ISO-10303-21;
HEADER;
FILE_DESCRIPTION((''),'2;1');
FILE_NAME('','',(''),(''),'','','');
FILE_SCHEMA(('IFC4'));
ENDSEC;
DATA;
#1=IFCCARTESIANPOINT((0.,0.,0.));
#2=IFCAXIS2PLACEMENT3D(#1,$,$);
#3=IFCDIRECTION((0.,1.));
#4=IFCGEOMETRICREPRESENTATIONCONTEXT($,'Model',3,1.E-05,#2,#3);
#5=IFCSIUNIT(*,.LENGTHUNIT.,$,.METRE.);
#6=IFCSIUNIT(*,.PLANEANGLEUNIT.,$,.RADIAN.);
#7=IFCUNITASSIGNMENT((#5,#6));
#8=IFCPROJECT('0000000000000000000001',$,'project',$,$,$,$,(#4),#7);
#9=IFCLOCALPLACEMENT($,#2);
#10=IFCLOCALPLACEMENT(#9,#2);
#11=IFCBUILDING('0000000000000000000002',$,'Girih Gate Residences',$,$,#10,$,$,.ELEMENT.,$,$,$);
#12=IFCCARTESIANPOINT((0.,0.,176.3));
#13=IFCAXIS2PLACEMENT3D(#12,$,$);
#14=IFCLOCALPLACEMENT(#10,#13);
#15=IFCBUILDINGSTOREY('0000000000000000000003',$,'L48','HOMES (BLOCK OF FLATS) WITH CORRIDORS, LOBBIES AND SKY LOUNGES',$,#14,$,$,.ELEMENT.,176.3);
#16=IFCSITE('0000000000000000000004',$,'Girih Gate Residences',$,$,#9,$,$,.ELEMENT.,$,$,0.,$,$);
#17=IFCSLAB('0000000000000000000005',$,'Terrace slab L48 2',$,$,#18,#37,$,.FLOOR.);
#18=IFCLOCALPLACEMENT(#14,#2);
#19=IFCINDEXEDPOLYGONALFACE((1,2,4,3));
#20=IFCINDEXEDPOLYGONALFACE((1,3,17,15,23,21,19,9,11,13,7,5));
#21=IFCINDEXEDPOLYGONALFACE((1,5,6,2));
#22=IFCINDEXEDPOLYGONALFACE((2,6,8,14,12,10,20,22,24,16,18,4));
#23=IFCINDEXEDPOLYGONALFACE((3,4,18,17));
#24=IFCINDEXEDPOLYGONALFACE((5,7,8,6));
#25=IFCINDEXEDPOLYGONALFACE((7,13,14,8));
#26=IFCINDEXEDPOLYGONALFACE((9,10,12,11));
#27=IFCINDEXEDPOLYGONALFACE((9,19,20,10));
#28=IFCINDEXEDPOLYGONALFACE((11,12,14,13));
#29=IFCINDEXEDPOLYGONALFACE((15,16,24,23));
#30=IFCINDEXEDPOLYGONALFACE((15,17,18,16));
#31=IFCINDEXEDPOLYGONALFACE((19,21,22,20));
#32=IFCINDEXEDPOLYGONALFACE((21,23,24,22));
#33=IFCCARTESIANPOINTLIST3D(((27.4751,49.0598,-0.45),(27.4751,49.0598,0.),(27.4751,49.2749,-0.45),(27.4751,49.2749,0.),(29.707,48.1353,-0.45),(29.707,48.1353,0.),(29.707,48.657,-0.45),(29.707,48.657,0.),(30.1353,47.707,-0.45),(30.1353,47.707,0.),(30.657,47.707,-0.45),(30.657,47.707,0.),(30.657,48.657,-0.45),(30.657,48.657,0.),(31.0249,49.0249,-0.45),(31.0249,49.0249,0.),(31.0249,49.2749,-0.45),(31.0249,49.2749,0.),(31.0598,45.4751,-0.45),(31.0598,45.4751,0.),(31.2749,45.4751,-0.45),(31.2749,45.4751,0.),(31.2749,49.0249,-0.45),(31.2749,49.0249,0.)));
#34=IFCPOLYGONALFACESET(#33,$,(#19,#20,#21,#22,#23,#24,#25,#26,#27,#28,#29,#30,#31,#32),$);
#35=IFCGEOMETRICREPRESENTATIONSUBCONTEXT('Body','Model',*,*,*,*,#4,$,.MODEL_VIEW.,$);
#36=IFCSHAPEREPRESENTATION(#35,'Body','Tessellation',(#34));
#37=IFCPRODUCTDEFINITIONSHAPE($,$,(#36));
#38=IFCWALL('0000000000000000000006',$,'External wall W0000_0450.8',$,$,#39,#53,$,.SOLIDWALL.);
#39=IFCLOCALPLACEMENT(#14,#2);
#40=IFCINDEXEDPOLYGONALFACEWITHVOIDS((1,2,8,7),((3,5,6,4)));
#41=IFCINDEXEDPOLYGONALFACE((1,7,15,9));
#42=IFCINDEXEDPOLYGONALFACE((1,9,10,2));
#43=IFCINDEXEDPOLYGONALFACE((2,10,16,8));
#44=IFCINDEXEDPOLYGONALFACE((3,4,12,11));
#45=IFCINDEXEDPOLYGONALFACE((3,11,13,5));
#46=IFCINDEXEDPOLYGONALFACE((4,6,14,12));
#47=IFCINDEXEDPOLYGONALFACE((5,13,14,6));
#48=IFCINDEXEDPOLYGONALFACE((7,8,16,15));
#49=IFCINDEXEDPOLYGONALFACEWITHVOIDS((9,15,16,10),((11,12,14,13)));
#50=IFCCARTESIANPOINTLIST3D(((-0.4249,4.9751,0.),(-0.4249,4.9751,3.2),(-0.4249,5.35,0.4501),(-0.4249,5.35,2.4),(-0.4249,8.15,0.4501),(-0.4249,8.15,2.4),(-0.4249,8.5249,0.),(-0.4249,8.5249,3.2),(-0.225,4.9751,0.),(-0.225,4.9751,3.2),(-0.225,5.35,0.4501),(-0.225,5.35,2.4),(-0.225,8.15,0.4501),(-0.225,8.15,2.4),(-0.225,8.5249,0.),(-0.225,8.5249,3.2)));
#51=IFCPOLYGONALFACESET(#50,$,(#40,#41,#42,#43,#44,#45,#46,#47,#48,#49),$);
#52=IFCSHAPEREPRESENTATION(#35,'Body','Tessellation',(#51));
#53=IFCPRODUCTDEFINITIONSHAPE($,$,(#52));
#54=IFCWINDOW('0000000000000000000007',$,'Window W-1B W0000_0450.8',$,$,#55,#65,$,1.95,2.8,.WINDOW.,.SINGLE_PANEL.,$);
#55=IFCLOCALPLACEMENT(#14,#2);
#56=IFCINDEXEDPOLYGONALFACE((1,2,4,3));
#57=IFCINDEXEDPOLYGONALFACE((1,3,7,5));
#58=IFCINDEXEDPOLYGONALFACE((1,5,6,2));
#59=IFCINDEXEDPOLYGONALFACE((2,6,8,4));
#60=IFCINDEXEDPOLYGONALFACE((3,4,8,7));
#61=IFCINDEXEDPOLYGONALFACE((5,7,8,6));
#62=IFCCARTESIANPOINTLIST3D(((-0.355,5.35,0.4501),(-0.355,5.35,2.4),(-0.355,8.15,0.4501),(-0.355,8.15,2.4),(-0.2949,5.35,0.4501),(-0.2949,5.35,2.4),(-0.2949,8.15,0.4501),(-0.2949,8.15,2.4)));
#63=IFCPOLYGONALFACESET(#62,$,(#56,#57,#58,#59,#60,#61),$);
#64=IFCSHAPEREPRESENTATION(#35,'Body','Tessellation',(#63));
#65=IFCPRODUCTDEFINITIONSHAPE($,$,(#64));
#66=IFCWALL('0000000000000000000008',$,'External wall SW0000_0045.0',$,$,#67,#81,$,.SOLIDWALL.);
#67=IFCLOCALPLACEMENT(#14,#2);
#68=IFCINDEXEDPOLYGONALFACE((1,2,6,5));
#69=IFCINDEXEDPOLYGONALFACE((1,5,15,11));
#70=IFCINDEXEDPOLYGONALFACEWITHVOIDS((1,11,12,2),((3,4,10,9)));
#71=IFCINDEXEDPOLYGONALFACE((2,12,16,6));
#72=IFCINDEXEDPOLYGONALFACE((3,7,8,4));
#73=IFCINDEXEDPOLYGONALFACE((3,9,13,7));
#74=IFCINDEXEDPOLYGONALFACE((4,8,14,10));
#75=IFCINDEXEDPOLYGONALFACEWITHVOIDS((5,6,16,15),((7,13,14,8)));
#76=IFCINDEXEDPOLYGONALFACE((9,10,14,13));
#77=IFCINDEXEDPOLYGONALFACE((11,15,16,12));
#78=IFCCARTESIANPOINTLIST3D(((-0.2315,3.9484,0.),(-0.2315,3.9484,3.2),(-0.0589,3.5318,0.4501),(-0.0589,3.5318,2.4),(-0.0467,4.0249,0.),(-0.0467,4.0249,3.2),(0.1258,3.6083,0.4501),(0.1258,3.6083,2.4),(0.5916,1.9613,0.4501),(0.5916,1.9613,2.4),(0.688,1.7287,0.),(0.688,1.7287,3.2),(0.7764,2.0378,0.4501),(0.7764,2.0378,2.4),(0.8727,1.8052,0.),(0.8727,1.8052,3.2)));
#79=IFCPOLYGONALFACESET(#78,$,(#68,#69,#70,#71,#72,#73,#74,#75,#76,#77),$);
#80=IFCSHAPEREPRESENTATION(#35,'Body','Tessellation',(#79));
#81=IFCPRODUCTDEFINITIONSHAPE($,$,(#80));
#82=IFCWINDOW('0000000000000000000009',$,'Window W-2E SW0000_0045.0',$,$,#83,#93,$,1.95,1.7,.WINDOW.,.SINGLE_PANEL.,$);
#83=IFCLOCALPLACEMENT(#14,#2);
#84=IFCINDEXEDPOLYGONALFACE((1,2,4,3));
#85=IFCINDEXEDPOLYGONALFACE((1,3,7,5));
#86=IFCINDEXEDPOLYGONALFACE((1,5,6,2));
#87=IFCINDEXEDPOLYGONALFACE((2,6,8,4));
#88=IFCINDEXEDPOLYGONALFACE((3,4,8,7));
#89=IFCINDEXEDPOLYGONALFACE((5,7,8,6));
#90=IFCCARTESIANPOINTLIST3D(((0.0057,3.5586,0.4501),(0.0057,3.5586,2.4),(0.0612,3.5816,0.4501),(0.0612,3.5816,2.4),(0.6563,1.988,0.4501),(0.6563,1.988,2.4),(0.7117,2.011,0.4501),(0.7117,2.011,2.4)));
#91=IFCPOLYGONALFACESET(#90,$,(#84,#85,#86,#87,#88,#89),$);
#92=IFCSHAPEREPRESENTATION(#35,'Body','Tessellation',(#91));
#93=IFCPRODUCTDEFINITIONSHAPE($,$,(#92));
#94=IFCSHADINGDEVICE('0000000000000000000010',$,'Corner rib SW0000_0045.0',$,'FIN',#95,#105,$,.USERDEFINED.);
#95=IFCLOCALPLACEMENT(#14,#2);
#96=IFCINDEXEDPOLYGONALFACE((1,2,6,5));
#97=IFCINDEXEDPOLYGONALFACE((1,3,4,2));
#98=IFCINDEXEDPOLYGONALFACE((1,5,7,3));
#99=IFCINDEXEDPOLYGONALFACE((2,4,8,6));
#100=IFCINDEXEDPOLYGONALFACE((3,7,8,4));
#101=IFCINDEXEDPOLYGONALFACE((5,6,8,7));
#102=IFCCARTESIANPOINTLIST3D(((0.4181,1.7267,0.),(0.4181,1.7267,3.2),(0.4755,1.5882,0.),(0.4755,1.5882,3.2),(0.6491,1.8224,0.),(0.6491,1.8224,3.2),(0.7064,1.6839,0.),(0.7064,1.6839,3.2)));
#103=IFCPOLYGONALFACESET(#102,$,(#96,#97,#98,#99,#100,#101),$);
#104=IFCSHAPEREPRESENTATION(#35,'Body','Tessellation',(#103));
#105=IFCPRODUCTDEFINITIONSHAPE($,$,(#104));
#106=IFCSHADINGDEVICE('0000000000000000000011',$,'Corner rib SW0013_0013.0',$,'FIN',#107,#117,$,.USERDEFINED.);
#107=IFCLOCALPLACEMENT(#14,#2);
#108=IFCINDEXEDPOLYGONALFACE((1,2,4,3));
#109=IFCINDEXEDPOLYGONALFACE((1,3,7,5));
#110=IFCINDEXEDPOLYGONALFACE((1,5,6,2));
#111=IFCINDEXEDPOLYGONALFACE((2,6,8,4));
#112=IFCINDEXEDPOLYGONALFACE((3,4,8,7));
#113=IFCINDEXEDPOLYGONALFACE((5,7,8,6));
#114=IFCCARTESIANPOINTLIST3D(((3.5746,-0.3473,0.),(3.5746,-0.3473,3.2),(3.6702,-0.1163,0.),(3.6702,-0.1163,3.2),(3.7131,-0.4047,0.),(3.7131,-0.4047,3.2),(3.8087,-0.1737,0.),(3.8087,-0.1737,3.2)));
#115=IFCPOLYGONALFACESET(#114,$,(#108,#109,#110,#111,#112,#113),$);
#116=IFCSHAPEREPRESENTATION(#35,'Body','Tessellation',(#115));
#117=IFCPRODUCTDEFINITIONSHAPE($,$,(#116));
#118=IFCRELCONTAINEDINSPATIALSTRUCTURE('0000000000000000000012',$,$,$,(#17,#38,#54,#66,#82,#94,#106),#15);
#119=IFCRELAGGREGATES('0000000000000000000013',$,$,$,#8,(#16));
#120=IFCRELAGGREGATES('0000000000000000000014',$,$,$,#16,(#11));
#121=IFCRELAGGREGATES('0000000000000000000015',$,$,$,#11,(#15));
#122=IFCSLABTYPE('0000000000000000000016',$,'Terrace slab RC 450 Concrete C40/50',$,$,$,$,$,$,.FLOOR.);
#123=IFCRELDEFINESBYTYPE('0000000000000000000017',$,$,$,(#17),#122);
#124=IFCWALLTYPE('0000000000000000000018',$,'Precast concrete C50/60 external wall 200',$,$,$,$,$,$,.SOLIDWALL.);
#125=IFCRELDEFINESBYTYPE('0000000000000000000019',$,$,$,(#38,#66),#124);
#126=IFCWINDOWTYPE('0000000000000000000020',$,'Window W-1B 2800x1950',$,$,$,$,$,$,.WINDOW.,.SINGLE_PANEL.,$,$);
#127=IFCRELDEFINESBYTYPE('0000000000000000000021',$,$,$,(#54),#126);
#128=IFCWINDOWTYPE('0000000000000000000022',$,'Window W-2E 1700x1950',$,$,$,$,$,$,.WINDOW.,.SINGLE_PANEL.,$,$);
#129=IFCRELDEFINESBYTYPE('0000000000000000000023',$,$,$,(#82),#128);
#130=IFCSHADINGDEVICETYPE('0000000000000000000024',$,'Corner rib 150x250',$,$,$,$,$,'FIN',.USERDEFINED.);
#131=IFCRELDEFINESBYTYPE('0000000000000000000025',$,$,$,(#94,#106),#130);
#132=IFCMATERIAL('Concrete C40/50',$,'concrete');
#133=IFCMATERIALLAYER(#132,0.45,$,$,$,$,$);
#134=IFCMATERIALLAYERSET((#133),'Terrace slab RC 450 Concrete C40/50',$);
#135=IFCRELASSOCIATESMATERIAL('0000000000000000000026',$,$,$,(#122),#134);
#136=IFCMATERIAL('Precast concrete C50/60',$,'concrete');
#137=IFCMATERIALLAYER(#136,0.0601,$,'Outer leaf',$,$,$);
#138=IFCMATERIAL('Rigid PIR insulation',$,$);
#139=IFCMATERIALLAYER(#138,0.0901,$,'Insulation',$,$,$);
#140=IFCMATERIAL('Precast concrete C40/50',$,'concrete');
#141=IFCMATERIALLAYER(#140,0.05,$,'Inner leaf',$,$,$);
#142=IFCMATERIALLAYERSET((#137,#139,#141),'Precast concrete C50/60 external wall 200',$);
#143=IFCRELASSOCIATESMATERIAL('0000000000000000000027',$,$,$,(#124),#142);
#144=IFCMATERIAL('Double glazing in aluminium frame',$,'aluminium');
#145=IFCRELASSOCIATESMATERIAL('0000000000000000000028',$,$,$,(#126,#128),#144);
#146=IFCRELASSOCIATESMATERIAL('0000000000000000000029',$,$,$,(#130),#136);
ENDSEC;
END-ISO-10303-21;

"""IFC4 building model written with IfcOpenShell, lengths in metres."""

from ifc_helpers import new_model, si_unit, direction, frame, frame_2d, origin, origin_2d, place, context, subcontext, project, spatial, polyline, rectangle, outline, extrude, material, layer, layer_set, type_object, element, fill, save


model = new_model("IFC4")

# Units and contexts
model_context = context("Model", 3, precision=1e-05, world=origin(), true_north=direction((0.0, 1.0)))
body_context = subcontext(model_context, "Body", "Model", "MODEL_VIEW")
ifc_project = project(units=[si_unit("LENGTHUNIT", "METRE"), si_unit("PLANEANGLEUNIT", "RADIAN")], contexts=[model_context])

# Site, building, storey
site_placement = place(None, origin())
site = spatial("IfcSite", under=ifc_project, at=site_placement, Name="Girih Gate Residences", CompositionType="ELEMENT", RefElevation=0.0)
building_placement = place(site_placement, origin())
building = spatial("IfcBuilding", under=site, at=building_placement, Name="Girih Gate Residences", CompositionType="ELEMENT")
storey_placement = place(building_placement, frame((0.0, 0.0, 176.3)))
storey = spatial("IfcBuildingStorey", under=building, at=storey_placement, Name="L48", Description="HOMES (BLOCK OF FLATS) WITH CORRIDORS, LOBBIES AND SKY LOUNGES", CompositionType="ELEMENT", Elevation=176.3)

# Shared definitions
ifc_material_1 = material(Name="Concrete C40/50", Category="concrete")

# Slab
ifc_layer_1 = layer(ifc_material_1, 0.45)
ifc_layer_set_1 = layer_set([ifc_layer_1], Name="Terrace slab RC 450 Concrete C40/50")
slab_type_1 = type_object("IfcSlabType", Name="Terrace slab RC 450 Concrete C40/50", PredefinedType="FLOOR", material=ifc_layer_set_1)
slab_1_placement = place(storey_placement, frame((0.0, 0.0, -0.45)))
element("IfcSlab", 1, at=slab_1_placement, inside=storey, type_object=slab_type_1, Name="Terrace slab L48 2", PredefinedType="FLOOR", context=body_context, shape_type="SweptSolid", body=[
    extrude(outline(polyline([(30.657, 47.707), (30.1353, 47.707), (31.0598, 45.4751), (31.2749, 45.4751), (31.2749, 49.0249), (31.0249, 49.0249), (31.0249, 49.2749), (27.4751, 49.2749), (27.4751, 49.0598), (29.707, 48.1353), (29.707, 48.657), (30.657, 48.657), (30.657, 47.707)])), origin(), (0.0, 0.0, 1.0), 0.45),
])

# Walls, openings, windows
ifc_material_2 = material(Name="Precast concrete C50/60", Category="concrete")
ifc_layer_2 = layer(ifc_material_2, 0.0601, Name="Outer leaf")
ifc_material_3 = material(Name="Rigid PIR insulation")
ifc_layer_3 = layer(ifc_material_3, 0.0901, Name="Insulation")
ifc_material_4 = material(Name="Precast concrete C40/50", Category="concrete")
ifc_layer_4 = layer(ifc_material_4, 0.05, Name="Inner leaf")
ifc_layer_set_2 = layer_set([ifc_layer_2, ifc_layer_3, ifc_layer_4], Name="Precast concrete C50/60 external wall 200")
wall_type = type_object("IfcWallType", Name="Precast concrete C50/60 external wall 200", PredefinedType="SOLIDWALL", material=ifc_layer_set_2)
wall_1_placement = place(storey_placement, frame((-0.325, 4.9751, 0.0), z_axis=(0.0, 0.0, 1.0), x_axis=(0.0, 1.0, 0.0)))
wall_1 = element("IfcWall", 2, at=wall_1_placement, inside=storey, type_object=wall_type, Name="External wall W0000_0450.8", PredefinedType="SOLIDWALL", context=body_context, shape_type="SweptSolid", body=[
    extrude(rectangle(XDim=3.5498, YDim=0.2, at=frame_2d((1.7749, 0.0))), origin(), (0.0, 0.0, 1.0), 3.2),
])
opening_1_placement = place(wall_1_placement, frame((0.375, 0.0, 0.45)))
opening_1 = element("IfcOpeningElement", 3, at=opening_1_placement, cuts=wall_1, PredefinedType="OPENING", context=body_context, shape_type="SweptSolid", body=[
    extrude(rectangle(XDim=2.8, YDim=1.95, at=frame_2d((1.3999, 0.9751))), frame((0.0, 0.1099, 0.0), z_axis=(0.0, -1.0, 0.0), x_axis=(1.0, 0.0, 0.0)), (0.0, 0.0, 1.0), 0.22),
])
ifc_material_5 = material(Name="Double glazing in aluminium frame", Category="aluminium")
window_type_1 = type_object("IfcWindowType", Name="Window W-1B 2800x1950", PartitioningType="SINGLE_PANEL", PredefinedType="WINDOW", material=ifc_material_5)
window_1_placement = place(opening_1_placement, origin())
window_1 = element("IfcWindow", 4, at=window_1_placement, inside=storey, type_object=window_type_1, Name="Window W-1B W0000_0450.8", OverallHeight=1.95, OverallWidth=2.8, PartitioningType="SINGLE_PANEL", PredefinedType="WINDOW", context=body_context, shape_type="SweptSolid", body=[
    extrude(rectangle(XDim=2.8, YDim=1.95, at=frame_2d((1.3999, 0.9751))), frame((0.0, 0.03, 0.0), z_axis=(0.0, -1.0, 0.0), x_axis=(1.0, 0.0, 0.0)), (0.0, 0.0, 1.0), 0.0601),
])
fill(opening_1, window_1)
wall_2_placement = place(storey_placement, frame((0.7803, 1.7671, 0.0), z_axis=(0.0, 0.0, 1.0), x_axis=(-0.382681, 0.923881, 0.0)))
wall_2 = element("IfcWall", 5, at=wall_2_placement, inside=storey, type_object=wall_type, Name="External wall SW0000_0045.0", PredefinedType="SOLIDWALL", context=body_context, shape_type="SweptSolid", body=[
    extrude(rectangle(XDim=2.4026, YDim=0.2, at=frame_2d((1.2012, 0.0))), origin(), (0.0, 0.0, 1.0), 3.2),
])
opening_2_placement = place(wall_2_placement, frame((0.2515, 0.0, 0.45)))
opening_2 = element("IfcOpeningElement", 6, at=opening_2_placement, cuts=wall_2, PredefinedType="OPENING", context=body_context, shape_type="SweptSolid", body=[
    extrude(rectangle(XDim=1.7, YDim=1.95, at=frame_2d((0.8501, 0.9751))), frame((0.0, 0.1099, 0.0), z_axis=(0.0, -1.0, 0.0), x_axis=(1.0, 0.0, 0.0)), (0.0, 0.0, 1.0), 0.22),
])
window_type_2 = type_object("IfcWindowType", Name="Window W-2E 1700x1950", PartitioningType="SINGLE_PANEL", PredefinedType="WINDOW", material=ifc_material_5)
window_2_placement = place(opening_2_placement, origin())
window_2 = element("IfcWindow", 7, at=window_2_placement, inside=storey, type_object=window_type_2, Name="Window W-2E SW0000_0045.0", OverallHeight=1.95, OverallWidth=1.7, PartitioningType="SINGLE_PANEL", PredefinedType="WINDOW", context=body_context, shape_type="SweptSolid", body=[
    extrude(rectangle(XDim=1.7, YDim=1.95, at=frame_2d((0.8501, 0.9751))), frame((0.0, 0.03, 0.0), z_axis=(0.0, -1.0, 0.0), x_axis=(1.0, 0.0, 0.0)), (0.0, 0.0, 1.0), 0.0601),
])
fill(opening_2, window_2)

# Shading devices
shading_device_type = type_object("IfcShadingDeviceType", Name="Corner rib 150x250", ElementType="FIN", PredefinedType="USERDEFINED", material=ifc_material_2)
for number, where, z_axis, x_axis, name in (
    (8, (0.5623, 1.7053, 0.0), (0.0, 0.0, 1.0), (0.382683, -0.92388, 0.0), "Corner rib SW0000_0045.0"),
    (9, (3.6917, -0.2605, 0.0), (0.0, 0.0, 1.0), (0.92388, -0.382683, 0.0), "Corner rib SW0013_0013.0"),
):
    element("IfcShadingDevice", number, at=place(storey_placement, frame(where, z_axis=z_axis, x_axis=x_axis)), inside=storey, type_object=shading_device_type, Name=name, ObjectType="FIN", PredefinedType="USERDEFINED", context=body_context, shape_type="SweptSolid", body=[
        extrude(rectangle(XDim=0.1499, YDim=0.25, at=origin_2d()), origin(), (0.0, 0.0, 1.0), 3.2),
    ])

save(model, "model.ifc")
